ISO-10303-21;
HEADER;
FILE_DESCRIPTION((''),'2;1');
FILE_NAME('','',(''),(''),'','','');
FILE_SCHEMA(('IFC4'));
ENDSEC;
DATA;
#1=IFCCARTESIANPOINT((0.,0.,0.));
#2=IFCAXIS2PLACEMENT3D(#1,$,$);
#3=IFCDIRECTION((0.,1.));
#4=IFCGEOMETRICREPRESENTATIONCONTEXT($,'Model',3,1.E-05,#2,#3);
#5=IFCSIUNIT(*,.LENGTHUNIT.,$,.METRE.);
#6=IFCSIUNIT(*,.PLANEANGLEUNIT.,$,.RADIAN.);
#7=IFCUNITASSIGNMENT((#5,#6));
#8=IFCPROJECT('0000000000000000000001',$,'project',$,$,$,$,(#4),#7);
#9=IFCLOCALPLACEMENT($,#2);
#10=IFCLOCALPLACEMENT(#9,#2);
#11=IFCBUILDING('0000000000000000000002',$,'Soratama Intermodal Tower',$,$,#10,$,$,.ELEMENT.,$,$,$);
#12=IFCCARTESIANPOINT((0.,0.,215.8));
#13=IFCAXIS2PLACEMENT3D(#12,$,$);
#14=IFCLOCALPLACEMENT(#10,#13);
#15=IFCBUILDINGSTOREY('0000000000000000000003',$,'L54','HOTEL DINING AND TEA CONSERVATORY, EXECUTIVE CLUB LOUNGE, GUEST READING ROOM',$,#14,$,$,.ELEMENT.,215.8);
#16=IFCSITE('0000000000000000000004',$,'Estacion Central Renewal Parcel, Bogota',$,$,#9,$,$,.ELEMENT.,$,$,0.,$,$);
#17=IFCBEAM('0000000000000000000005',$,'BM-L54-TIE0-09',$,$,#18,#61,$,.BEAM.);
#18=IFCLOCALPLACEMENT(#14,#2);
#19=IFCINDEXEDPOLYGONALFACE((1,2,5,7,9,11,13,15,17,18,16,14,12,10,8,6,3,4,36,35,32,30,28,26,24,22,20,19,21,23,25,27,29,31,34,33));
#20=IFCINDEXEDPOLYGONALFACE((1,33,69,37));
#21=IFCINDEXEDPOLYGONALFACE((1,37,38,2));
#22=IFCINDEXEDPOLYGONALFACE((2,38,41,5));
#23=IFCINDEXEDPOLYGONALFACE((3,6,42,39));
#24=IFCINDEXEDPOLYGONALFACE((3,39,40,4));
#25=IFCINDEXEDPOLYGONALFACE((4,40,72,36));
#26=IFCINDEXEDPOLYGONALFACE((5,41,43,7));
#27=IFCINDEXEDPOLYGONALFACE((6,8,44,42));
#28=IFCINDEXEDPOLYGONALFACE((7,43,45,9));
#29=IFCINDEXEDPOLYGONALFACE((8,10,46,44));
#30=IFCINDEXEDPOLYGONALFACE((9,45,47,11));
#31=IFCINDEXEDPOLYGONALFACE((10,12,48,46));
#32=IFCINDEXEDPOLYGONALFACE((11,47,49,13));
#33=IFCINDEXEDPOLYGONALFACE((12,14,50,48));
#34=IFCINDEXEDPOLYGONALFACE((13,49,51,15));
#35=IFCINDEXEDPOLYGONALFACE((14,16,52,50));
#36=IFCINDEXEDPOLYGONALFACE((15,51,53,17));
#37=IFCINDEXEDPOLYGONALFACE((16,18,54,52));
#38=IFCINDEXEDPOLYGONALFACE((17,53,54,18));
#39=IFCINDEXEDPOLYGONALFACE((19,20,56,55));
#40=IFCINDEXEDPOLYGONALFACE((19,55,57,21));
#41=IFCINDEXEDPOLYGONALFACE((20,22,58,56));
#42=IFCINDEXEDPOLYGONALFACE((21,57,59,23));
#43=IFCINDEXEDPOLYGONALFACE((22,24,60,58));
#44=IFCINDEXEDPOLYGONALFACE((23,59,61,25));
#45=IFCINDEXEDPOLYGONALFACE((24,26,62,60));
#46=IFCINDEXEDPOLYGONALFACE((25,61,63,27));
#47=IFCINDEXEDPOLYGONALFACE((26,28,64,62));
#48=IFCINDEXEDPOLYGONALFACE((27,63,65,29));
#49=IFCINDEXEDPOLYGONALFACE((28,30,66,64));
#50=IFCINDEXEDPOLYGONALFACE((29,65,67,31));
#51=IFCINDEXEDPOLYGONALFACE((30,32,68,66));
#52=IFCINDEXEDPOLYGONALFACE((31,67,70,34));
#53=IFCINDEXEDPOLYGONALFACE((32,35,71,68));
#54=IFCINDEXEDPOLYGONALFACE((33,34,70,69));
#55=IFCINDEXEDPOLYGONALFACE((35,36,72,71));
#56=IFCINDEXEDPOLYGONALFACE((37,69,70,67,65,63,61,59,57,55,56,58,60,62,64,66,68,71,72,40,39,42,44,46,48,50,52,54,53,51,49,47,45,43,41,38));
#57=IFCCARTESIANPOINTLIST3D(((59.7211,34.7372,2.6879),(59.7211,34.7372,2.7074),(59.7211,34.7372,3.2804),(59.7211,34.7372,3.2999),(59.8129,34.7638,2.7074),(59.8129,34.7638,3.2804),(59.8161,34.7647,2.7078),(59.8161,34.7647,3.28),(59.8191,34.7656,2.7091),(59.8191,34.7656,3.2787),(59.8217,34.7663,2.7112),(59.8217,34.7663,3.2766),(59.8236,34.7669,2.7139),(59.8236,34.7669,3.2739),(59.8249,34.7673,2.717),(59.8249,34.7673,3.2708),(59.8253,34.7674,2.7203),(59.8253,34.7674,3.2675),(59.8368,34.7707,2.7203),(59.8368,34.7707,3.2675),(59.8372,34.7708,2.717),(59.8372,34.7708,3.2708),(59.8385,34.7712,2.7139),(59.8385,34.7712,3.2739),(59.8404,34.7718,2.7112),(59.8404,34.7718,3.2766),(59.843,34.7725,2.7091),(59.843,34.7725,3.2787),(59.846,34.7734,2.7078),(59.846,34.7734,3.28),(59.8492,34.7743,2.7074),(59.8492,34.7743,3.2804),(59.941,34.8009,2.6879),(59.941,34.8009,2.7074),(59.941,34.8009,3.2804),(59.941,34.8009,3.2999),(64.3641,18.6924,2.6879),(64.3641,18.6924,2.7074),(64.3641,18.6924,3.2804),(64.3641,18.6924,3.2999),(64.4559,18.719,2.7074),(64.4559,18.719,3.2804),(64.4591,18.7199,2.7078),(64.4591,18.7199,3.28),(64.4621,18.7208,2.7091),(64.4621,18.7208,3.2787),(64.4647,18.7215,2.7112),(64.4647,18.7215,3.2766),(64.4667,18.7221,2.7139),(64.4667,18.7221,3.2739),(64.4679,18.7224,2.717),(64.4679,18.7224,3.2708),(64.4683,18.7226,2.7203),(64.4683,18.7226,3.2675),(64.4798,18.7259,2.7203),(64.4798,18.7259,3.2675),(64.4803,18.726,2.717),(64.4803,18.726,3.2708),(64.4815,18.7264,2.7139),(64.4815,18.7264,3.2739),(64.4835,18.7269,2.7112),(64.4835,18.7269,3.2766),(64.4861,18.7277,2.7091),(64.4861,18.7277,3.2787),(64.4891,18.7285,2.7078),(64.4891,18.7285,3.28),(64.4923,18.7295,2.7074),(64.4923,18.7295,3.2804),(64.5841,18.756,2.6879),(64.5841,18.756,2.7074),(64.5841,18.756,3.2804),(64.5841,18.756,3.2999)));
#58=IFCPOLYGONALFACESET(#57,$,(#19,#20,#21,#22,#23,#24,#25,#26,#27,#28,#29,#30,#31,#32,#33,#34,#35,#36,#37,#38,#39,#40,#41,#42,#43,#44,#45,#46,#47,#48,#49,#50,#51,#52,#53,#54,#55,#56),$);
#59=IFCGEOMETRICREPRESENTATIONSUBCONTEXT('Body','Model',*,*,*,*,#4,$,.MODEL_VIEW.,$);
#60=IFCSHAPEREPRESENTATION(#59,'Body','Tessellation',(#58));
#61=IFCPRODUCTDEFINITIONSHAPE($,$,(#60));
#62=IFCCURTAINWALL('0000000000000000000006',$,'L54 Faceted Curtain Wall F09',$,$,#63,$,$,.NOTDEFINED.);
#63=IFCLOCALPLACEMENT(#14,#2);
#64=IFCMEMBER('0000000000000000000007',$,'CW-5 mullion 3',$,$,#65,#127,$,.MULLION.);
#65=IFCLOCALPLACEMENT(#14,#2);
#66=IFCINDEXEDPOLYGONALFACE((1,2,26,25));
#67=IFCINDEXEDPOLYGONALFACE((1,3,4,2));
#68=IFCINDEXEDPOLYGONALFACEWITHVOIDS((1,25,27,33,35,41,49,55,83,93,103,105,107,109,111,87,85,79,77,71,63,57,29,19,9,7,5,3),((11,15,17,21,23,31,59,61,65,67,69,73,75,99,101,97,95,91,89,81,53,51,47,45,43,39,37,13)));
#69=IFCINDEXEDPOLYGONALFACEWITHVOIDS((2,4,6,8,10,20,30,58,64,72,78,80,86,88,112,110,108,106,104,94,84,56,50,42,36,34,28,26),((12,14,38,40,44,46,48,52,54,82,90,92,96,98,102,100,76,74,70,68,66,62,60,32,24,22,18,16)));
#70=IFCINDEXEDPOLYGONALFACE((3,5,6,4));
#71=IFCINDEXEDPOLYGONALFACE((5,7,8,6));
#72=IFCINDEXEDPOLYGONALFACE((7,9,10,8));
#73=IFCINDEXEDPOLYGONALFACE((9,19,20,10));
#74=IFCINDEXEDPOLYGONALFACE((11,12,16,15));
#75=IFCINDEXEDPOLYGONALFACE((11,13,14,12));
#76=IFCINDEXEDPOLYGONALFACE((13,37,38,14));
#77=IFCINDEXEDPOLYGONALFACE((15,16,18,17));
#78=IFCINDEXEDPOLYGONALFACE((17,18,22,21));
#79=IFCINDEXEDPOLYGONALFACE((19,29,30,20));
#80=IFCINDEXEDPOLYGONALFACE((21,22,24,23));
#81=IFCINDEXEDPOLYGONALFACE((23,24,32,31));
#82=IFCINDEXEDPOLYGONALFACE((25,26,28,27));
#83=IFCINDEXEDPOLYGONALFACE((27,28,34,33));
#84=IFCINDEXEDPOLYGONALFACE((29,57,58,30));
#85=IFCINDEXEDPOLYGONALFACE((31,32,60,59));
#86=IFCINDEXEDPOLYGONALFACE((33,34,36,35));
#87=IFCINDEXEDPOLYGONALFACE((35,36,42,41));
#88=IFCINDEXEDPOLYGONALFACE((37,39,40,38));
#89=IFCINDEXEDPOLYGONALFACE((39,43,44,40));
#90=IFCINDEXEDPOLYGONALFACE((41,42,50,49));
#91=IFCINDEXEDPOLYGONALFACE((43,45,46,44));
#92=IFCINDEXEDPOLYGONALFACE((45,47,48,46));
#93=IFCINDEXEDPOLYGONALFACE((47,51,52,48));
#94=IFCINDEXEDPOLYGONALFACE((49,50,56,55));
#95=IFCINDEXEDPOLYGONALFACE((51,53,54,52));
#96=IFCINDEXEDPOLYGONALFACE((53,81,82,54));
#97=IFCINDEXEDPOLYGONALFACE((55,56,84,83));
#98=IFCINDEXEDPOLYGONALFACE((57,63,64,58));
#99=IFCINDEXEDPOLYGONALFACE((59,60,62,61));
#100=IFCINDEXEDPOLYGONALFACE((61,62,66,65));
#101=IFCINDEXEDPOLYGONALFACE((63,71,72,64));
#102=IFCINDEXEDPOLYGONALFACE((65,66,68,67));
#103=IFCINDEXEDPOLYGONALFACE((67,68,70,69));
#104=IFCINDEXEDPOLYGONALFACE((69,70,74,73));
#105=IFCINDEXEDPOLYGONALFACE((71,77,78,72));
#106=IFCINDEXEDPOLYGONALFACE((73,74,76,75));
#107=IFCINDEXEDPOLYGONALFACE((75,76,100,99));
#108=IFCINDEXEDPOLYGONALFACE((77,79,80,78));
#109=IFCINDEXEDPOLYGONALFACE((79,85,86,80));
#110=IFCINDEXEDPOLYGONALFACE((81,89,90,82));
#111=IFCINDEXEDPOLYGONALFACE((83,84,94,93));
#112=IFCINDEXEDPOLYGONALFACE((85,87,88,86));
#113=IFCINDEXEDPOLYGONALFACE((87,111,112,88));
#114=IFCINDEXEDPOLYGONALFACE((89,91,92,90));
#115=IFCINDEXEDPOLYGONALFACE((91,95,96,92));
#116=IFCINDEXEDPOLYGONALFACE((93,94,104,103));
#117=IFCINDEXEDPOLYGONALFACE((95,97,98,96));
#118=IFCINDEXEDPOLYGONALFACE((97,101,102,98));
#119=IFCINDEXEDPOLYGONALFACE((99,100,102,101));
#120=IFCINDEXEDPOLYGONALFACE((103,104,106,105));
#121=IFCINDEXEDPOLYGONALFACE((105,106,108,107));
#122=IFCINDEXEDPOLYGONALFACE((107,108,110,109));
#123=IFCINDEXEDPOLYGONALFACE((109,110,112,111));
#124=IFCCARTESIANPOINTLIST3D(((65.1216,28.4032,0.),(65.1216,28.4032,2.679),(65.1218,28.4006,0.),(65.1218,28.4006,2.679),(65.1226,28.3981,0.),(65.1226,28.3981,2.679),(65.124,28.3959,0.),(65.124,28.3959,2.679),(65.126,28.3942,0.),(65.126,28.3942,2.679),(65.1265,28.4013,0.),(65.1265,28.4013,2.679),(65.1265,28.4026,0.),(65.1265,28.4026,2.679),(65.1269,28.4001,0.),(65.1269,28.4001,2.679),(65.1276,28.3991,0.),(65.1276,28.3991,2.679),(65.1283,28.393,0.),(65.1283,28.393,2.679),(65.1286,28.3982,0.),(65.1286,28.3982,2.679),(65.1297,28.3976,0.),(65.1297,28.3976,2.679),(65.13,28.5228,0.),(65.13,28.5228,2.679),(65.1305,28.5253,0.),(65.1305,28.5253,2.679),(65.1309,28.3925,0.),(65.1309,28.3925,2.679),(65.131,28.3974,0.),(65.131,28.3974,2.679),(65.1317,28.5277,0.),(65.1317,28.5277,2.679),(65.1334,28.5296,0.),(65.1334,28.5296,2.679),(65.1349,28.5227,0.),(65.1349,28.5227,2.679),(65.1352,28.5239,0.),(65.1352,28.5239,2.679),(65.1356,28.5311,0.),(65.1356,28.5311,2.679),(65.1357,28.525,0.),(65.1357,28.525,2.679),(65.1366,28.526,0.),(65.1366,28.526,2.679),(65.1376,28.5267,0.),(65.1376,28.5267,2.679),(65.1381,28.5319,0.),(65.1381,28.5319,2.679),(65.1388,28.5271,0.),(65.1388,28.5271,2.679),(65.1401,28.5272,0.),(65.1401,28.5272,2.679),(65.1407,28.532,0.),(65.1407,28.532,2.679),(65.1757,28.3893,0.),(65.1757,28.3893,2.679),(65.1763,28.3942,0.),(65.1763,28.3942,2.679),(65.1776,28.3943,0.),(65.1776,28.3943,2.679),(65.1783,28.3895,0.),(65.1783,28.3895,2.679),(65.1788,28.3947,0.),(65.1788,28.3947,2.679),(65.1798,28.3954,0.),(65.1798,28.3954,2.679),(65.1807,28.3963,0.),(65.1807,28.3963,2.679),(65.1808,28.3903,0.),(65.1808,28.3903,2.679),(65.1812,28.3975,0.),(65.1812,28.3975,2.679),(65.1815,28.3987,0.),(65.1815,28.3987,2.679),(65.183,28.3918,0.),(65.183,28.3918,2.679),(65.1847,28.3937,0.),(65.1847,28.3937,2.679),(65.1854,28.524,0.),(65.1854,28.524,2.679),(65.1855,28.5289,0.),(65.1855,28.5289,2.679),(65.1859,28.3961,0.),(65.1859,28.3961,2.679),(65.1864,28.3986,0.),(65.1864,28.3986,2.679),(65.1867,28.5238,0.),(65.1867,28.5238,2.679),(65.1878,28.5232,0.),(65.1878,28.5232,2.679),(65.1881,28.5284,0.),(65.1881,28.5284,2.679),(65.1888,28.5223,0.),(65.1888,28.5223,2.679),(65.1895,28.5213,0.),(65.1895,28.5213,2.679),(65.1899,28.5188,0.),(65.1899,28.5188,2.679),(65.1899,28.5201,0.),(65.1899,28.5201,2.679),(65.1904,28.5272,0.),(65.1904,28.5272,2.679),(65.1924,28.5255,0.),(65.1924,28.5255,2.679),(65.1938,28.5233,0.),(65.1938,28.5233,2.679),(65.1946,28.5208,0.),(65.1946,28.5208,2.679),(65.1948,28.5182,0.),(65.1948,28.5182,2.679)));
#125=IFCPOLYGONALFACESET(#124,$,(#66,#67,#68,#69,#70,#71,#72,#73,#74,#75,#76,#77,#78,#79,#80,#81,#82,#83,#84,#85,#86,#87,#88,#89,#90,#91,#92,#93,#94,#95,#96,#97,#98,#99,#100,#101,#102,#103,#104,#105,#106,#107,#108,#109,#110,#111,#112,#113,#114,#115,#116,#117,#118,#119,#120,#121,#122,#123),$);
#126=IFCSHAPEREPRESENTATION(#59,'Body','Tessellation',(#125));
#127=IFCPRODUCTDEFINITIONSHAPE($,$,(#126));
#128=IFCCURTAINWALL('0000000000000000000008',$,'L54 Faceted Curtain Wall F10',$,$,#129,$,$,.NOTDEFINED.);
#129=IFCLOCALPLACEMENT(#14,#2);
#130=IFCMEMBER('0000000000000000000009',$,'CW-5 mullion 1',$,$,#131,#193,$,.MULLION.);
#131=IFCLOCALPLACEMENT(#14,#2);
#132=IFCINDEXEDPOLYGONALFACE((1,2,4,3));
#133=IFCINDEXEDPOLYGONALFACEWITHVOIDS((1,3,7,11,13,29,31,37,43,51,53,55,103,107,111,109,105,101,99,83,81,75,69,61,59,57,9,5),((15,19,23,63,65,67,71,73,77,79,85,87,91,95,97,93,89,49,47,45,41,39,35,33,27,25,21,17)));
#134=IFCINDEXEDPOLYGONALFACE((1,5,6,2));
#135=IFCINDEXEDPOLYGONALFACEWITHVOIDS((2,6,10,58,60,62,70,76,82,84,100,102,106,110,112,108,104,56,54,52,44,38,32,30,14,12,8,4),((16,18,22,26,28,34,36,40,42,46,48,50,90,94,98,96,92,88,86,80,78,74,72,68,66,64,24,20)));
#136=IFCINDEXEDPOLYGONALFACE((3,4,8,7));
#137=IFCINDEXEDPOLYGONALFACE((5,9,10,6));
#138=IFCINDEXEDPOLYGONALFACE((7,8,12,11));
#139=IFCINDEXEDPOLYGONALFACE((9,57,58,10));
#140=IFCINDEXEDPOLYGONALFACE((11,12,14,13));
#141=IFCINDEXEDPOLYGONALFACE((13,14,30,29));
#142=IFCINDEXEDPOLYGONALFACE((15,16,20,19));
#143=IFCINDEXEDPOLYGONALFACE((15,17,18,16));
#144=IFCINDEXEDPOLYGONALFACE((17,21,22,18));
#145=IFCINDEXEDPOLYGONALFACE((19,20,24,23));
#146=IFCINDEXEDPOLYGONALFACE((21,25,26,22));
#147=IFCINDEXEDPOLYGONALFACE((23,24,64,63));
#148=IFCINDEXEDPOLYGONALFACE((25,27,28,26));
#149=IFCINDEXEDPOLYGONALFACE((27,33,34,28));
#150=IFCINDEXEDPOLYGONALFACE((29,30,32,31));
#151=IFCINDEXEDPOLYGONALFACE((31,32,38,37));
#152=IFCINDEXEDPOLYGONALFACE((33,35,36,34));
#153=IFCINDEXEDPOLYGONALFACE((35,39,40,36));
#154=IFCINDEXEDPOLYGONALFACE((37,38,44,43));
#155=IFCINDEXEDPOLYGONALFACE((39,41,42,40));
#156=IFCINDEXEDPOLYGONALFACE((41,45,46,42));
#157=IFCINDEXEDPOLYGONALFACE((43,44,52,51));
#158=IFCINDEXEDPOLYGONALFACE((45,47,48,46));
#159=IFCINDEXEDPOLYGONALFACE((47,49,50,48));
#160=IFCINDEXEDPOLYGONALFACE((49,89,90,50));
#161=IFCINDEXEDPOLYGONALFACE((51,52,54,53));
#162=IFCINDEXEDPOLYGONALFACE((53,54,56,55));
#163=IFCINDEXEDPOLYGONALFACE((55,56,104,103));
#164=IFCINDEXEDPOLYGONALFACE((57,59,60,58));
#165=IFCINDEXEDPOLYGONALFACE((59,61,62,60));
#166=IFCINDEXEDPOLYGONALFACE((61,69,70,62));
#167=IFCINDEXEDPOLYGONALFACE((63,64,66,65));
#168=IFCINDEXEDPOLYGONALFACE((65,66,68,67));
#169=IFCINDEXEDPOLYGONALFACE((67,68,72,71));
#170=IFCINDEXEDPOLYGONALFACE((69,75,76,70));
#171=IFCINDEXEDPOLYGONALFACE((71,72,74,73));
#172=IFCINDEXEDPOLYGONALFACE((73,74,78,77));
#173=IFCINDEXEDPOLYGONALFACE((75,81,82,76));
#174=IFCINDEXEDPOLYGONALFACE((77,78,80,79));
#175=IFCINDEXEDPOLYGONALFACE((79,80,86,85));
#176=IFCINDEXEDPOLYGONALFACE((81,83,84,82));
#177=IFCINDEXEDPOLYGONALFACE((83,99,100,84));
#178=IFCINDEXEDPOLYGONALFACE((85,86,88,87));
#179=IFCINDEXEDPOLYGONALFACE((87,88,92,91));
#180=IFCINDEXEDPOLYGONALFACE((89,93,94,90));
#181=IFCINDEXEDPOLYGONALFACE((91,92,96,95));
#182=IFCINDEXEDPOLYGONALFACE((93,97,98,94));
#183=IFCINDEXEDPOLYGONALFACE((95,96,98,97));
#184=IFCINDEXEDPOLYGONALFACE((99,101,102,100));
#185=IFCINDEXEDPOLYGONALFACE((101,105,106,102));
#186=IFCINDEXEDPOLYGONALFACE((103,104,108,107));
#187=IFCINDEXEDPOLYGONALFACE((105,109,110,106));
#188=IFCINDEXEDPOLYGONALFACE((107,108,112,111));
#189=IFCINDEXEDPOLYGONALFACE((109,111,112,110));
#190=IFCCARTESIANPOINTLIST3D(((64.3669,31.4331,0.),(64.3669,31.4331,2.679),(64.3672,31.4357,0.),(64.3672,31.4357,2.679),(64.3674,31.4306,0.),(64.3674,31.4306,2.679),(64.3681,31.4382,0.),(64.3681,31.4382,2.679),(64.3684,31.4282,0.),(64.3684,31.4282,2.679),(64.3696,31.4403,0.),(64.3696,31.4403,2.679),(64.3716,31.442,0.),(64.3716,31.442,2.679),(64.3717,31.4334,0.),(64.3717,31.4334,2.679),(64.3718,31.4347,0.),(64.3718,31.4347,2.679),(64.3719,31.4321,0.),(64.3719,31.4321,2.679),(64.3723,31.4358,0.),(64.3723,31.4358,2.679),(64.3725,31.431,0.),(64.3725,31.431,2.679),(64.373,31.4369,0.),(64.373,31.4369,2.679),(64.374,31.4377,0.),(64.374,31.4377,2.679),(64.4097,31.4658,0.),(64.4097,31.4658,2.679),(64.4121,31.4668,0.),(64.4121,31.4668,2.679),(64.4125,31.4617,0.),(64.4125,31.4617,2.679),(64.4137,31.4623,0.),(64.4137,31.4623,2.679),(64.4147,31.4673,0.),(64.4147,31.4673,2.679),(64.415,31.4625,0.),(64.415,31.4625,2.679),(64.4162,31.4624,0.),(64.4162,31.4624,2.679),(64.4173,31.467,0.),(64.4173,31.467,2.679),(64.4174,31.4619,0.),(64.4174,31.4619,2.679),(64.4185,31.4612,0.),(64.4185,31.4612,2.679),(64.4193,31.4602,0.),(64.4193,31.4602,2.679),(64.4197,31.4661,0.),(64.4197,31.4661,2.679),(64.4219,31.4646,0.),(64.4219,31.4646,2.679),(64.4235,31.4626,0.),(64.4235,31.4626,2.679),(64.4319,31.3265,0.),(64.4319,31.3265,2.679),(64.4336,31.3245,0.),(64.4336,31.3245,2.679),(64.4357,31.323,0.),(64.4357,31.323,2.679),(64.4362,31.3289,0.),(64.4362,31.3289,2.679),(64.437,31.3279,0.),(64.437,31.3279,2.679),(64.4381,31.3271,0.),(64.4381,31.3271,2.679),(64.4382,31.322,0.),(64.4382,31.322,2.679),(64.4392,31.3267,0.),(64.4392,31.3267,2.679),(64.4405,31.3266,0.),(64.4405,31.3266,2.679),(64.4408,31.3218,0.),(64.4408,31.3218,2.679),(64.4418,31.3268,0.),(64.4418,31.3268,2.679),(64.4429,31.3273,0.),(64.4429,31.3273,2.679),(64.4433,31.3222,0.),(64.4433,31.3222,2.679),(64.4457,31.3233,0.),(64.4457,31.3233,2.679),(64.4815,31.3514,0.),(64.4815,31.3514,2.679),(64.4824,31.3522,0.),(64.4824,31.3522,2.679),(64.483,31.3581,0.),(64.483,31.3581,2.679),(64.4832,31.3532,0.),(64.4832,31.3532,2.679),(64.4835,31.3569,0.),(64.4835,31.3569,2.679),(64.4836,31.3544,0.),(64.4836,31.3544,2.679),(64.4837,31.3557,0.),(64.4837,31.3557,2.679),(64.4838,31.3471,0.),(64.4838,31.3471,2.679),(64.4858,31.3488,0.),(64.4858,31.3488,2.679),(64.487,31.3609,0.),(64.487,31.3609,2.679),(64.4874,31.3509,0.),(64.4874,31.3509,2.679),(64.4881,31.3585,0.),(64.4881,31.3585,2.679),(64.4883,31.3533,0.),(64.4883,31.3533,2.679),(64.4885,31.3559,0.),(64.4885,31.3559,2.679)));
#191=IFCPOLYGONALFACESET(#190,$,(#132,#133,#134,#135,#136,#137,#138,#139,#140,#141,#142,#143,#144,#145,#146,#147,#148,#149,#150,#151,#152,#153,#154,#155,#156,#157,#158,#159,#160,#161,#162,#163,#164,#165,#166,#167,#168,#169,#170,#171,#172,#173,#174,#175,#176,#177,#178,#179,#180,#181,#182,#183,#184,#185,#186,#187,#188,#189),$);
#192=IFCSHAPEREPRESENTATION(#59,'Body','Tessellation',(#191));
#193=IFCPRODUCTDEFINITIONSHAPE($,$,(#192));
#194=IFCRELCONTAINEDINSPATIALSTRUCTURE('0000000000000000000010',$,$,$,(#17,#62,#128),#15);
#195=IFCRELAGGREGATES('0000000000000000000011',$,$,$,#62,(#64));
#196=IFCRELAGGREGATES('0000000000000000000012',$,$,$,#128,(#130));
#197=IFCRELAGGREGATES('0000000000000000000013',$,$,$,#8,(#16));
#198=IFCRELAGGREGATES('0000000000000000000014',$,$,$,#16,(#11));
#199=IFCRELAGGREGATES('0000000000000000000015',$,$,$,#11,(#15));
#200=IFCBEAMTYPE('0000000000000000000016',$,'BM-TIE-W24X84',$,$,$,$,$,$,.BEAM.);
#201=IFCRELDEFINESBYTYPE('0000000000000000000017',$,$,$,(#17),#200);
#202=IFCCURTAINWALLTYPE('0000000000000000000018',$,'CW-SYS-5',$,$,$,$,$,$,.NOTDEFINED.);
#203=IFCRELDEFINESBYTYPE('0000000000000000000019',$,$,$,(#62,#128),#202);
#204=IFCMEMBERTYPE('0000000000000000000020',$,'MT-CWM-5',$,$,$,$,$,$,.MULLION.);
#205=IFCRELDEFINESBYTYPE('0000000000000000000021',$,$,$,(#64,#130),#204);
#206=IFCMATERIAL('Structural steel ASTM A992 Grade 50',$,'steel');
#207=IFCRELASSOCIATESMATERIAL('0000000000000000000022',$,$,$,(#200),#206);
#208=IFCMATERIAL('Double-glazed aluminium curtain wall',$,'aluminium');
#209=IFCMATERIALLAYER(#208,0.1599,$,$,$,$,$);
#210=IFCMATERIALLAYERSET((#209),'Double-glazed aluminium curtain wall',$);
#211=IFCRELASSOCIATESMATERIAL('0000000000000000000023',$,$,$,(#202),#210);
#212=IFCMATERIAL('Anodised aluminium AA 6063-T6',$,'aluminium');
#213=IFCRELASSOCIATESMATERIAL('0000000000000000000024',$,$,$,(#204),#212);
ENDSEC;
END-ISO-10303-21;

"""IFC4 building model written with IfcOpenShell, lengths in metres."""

from ifc_helpers import new_model, si_unit, direction, frame, origin, origin_2d, place, context, subcontext, project, spatial, hollow_rectangle, i_section, extrude, material, layer, layer_set, material_profile, profile_set, type_object, element, aggregate, save


model = new_model("IFC4")

# Units and contexts
model_context = context("Model", 3, precision=1e-05, world=origin(), true_north=direction((0.0, 1.0)))
body_context = subcontext(model_context, "Body", "Model", "MODEL_VIEW")
ifc_project = project(units=[si_unit("LENGTHUNIT", "METRE"), si_unit("PLANEANGLEUNIT", "RADIAN")], contexts=[model_context])

# Site, building, storey
site_placement = place(None, origin())
site = spatial("IfcSite", under=ifc_project, at=site_placement, Name="Estacion Central Renewal Parcel, Bogota", CompositionType="ELEMENT", RefElevation=0.0)
building_placement = place(site_placement, origin())
building = spatial("IfcBuilding", under=site, at=building_placement, Name="Soratama Intermodal Tower", CompositionType="ELEMENT")
storey_placement = place(building_placement, frame((0.0, 0.0, 215.8)))
storey = spatial("IfcBuildingStorey", under=building, at=storey_placement, Name="L54", Description="HOTEL DINING AND TEA CONSERVATORY, EXECUTIVE CLUB LOUNGE, GUEST READING ROOM", CompositionType="ELEMENT", Elevation=215.8)

# Beam
ifc_material_1 = material(Name="Structural steel ASTM A992 Grade 50", Category="steel")
ifc_material_profile_1 = material_profile(ifc_material_1, i_section(OverallWidth=0.229, OverallDepth=0.6121, WebThickness=0.012, FlangeThickness=0.0195, FilletRadius=0.0129, at=origin_2d()), Name="W24X84")
ifc_profile_set_1 = profile_set([ifc_material_profile_1], Name="Structural steel ASTM A992 Grade 50")
beam_type_1 = type_object("IfcBeamType", Name="BM-TIE-W24X84", PredefinedType="BEAM", material=ifc_profile_set_1)
beam_1_placement = place(storey_placement, frame((59.8311, 34.769, 2.9939), z_axis=(0.277974, -0.960589, 0.0), x_axis=(0.960589, 0.277974, 0.0)))
element("IfcBeam", 1, at=beam_1_placement, inside=storey, type_object=beam_type_1, Name="BM-L54-TIE0-09", PredefinedType="BEAM", context=body_context, shape_type="SweptSolid", body=[
    extrude(i_section(OverallWidth=0.229, OverallDepth=0.6121, WebThickness=0.012, FlangeThickness=0.0195, FilletRadius=0.0129, at=origin_2d()), origin(), (0.0, 0.0, 1.0), 16.7031),
])

# Curtain wall, member
ifc_material_2 = material(Name="Double-glazed aluminium curtain wall", Category="aluminium")
ifc_layer_1 = layer(ifc_material_2, 0.1599)
ifc_layer_set_1 = layer_set([ifc_layer_1], Name="Double-glazed aluminium curtain wall")
curtain_wall_type = type_object("IfcCurtainWallType", Name="CW-SYS-5", PredefinedType="NOTDEFINED", material=ifc_layer_set_1)
curtain_wall_1_placement = place(storey_placement, origin())
curtain_wall_1 = element("IfcCurtainWall", 2, at=curtain_wall_1_placement, inside=storey, type_object=curtain_wall_type, Name="L54 Faceted Curtain Wall F09", PredefinedType="NOTDEFINED")
ifc_material_3 = material(Name="Anodised aluminium AA 6063-T6", Category="aluminium")
ifc_material_profile_2 = material_profile(ifc_material_3, hollow_rectangle(XDim=0.0649, YDim=0.1399, WallThickness=0.0049, InnerFilletRadius=0.0049, OuterFilletRadius=0.01, at=origin_2d()), Name="CWM140X65X5")
ifc_profile_set_2 = profile_set([ifc_material_profile_2], Name="Anodised aluminium AA 6063-T6")
member_type_1 = type_object("IfcMemberType", Name="MT-CWM-5", PredefinedType="MULLION", material=ifc_profile_set_2)
member_1_placement = place(storey_placement, frame((65.1582, 28.4607, 0.0), z_axis=(0.0, 0.0, 1.0), x_axis=(-0.997539, 0.070109, 0.0)))
member_1 = element("IfcMember", 3, at=member_1_placement, type_object=member_type_1, Name="CW-5 mullion 3", PredefinedType="MULLION", context=body_context, shape_type="SweptSolid", body=[
    extrude(hollow_rectangle(XDim=0.0649, YDim=0.1399, WallThickness=0.0049, InnerFilletRadius=0.0049, OuterFilletRadius=0.01, at=origin_2d()), origin(), (0.0, 0.0, 1.0), 2.679),
])

# Curtain wall, member
curtain_wall_2_placement = place(storey_placement, origin())
curtain_wall_2 = element("IfcCurtainWall", 4, at=curtain_wall_2_placement, inside=storey, type_object=curtain_wall_type, Name="L54 Faceted Curtain Wall F10", PredefinedType="NOTDEFINED")
member_2_placement = place(storey_placement, frame((64.4277, 31.3945, 0.0), z_axis=(0.0, 0.0, 1.0), x_axis=(-0.848231, -0.529626, 0.0)))
member_2 = element("IfcMember", 5, at=member_2_placement, type_object=member_type_1, Name="CW-5 mullion 1", PredefinedType="MULLION", context=body_context, shape_type="SweptSolid", body=[
    extrude(hollow_rectangle(XDim=0.0649, YDim=0.1399, WallThickness=0.0049, InnerFilletRadius=0.0049, OuterFilletRadius=0.01, at=origin_2d()), origin(), (0.0, 0.0, 1.0), 2.679),
])

aggregate(curtain_wall_1, [member_1])
aggregate(curtain_wall_2, [member_2])

save(model, "model.ifc")
